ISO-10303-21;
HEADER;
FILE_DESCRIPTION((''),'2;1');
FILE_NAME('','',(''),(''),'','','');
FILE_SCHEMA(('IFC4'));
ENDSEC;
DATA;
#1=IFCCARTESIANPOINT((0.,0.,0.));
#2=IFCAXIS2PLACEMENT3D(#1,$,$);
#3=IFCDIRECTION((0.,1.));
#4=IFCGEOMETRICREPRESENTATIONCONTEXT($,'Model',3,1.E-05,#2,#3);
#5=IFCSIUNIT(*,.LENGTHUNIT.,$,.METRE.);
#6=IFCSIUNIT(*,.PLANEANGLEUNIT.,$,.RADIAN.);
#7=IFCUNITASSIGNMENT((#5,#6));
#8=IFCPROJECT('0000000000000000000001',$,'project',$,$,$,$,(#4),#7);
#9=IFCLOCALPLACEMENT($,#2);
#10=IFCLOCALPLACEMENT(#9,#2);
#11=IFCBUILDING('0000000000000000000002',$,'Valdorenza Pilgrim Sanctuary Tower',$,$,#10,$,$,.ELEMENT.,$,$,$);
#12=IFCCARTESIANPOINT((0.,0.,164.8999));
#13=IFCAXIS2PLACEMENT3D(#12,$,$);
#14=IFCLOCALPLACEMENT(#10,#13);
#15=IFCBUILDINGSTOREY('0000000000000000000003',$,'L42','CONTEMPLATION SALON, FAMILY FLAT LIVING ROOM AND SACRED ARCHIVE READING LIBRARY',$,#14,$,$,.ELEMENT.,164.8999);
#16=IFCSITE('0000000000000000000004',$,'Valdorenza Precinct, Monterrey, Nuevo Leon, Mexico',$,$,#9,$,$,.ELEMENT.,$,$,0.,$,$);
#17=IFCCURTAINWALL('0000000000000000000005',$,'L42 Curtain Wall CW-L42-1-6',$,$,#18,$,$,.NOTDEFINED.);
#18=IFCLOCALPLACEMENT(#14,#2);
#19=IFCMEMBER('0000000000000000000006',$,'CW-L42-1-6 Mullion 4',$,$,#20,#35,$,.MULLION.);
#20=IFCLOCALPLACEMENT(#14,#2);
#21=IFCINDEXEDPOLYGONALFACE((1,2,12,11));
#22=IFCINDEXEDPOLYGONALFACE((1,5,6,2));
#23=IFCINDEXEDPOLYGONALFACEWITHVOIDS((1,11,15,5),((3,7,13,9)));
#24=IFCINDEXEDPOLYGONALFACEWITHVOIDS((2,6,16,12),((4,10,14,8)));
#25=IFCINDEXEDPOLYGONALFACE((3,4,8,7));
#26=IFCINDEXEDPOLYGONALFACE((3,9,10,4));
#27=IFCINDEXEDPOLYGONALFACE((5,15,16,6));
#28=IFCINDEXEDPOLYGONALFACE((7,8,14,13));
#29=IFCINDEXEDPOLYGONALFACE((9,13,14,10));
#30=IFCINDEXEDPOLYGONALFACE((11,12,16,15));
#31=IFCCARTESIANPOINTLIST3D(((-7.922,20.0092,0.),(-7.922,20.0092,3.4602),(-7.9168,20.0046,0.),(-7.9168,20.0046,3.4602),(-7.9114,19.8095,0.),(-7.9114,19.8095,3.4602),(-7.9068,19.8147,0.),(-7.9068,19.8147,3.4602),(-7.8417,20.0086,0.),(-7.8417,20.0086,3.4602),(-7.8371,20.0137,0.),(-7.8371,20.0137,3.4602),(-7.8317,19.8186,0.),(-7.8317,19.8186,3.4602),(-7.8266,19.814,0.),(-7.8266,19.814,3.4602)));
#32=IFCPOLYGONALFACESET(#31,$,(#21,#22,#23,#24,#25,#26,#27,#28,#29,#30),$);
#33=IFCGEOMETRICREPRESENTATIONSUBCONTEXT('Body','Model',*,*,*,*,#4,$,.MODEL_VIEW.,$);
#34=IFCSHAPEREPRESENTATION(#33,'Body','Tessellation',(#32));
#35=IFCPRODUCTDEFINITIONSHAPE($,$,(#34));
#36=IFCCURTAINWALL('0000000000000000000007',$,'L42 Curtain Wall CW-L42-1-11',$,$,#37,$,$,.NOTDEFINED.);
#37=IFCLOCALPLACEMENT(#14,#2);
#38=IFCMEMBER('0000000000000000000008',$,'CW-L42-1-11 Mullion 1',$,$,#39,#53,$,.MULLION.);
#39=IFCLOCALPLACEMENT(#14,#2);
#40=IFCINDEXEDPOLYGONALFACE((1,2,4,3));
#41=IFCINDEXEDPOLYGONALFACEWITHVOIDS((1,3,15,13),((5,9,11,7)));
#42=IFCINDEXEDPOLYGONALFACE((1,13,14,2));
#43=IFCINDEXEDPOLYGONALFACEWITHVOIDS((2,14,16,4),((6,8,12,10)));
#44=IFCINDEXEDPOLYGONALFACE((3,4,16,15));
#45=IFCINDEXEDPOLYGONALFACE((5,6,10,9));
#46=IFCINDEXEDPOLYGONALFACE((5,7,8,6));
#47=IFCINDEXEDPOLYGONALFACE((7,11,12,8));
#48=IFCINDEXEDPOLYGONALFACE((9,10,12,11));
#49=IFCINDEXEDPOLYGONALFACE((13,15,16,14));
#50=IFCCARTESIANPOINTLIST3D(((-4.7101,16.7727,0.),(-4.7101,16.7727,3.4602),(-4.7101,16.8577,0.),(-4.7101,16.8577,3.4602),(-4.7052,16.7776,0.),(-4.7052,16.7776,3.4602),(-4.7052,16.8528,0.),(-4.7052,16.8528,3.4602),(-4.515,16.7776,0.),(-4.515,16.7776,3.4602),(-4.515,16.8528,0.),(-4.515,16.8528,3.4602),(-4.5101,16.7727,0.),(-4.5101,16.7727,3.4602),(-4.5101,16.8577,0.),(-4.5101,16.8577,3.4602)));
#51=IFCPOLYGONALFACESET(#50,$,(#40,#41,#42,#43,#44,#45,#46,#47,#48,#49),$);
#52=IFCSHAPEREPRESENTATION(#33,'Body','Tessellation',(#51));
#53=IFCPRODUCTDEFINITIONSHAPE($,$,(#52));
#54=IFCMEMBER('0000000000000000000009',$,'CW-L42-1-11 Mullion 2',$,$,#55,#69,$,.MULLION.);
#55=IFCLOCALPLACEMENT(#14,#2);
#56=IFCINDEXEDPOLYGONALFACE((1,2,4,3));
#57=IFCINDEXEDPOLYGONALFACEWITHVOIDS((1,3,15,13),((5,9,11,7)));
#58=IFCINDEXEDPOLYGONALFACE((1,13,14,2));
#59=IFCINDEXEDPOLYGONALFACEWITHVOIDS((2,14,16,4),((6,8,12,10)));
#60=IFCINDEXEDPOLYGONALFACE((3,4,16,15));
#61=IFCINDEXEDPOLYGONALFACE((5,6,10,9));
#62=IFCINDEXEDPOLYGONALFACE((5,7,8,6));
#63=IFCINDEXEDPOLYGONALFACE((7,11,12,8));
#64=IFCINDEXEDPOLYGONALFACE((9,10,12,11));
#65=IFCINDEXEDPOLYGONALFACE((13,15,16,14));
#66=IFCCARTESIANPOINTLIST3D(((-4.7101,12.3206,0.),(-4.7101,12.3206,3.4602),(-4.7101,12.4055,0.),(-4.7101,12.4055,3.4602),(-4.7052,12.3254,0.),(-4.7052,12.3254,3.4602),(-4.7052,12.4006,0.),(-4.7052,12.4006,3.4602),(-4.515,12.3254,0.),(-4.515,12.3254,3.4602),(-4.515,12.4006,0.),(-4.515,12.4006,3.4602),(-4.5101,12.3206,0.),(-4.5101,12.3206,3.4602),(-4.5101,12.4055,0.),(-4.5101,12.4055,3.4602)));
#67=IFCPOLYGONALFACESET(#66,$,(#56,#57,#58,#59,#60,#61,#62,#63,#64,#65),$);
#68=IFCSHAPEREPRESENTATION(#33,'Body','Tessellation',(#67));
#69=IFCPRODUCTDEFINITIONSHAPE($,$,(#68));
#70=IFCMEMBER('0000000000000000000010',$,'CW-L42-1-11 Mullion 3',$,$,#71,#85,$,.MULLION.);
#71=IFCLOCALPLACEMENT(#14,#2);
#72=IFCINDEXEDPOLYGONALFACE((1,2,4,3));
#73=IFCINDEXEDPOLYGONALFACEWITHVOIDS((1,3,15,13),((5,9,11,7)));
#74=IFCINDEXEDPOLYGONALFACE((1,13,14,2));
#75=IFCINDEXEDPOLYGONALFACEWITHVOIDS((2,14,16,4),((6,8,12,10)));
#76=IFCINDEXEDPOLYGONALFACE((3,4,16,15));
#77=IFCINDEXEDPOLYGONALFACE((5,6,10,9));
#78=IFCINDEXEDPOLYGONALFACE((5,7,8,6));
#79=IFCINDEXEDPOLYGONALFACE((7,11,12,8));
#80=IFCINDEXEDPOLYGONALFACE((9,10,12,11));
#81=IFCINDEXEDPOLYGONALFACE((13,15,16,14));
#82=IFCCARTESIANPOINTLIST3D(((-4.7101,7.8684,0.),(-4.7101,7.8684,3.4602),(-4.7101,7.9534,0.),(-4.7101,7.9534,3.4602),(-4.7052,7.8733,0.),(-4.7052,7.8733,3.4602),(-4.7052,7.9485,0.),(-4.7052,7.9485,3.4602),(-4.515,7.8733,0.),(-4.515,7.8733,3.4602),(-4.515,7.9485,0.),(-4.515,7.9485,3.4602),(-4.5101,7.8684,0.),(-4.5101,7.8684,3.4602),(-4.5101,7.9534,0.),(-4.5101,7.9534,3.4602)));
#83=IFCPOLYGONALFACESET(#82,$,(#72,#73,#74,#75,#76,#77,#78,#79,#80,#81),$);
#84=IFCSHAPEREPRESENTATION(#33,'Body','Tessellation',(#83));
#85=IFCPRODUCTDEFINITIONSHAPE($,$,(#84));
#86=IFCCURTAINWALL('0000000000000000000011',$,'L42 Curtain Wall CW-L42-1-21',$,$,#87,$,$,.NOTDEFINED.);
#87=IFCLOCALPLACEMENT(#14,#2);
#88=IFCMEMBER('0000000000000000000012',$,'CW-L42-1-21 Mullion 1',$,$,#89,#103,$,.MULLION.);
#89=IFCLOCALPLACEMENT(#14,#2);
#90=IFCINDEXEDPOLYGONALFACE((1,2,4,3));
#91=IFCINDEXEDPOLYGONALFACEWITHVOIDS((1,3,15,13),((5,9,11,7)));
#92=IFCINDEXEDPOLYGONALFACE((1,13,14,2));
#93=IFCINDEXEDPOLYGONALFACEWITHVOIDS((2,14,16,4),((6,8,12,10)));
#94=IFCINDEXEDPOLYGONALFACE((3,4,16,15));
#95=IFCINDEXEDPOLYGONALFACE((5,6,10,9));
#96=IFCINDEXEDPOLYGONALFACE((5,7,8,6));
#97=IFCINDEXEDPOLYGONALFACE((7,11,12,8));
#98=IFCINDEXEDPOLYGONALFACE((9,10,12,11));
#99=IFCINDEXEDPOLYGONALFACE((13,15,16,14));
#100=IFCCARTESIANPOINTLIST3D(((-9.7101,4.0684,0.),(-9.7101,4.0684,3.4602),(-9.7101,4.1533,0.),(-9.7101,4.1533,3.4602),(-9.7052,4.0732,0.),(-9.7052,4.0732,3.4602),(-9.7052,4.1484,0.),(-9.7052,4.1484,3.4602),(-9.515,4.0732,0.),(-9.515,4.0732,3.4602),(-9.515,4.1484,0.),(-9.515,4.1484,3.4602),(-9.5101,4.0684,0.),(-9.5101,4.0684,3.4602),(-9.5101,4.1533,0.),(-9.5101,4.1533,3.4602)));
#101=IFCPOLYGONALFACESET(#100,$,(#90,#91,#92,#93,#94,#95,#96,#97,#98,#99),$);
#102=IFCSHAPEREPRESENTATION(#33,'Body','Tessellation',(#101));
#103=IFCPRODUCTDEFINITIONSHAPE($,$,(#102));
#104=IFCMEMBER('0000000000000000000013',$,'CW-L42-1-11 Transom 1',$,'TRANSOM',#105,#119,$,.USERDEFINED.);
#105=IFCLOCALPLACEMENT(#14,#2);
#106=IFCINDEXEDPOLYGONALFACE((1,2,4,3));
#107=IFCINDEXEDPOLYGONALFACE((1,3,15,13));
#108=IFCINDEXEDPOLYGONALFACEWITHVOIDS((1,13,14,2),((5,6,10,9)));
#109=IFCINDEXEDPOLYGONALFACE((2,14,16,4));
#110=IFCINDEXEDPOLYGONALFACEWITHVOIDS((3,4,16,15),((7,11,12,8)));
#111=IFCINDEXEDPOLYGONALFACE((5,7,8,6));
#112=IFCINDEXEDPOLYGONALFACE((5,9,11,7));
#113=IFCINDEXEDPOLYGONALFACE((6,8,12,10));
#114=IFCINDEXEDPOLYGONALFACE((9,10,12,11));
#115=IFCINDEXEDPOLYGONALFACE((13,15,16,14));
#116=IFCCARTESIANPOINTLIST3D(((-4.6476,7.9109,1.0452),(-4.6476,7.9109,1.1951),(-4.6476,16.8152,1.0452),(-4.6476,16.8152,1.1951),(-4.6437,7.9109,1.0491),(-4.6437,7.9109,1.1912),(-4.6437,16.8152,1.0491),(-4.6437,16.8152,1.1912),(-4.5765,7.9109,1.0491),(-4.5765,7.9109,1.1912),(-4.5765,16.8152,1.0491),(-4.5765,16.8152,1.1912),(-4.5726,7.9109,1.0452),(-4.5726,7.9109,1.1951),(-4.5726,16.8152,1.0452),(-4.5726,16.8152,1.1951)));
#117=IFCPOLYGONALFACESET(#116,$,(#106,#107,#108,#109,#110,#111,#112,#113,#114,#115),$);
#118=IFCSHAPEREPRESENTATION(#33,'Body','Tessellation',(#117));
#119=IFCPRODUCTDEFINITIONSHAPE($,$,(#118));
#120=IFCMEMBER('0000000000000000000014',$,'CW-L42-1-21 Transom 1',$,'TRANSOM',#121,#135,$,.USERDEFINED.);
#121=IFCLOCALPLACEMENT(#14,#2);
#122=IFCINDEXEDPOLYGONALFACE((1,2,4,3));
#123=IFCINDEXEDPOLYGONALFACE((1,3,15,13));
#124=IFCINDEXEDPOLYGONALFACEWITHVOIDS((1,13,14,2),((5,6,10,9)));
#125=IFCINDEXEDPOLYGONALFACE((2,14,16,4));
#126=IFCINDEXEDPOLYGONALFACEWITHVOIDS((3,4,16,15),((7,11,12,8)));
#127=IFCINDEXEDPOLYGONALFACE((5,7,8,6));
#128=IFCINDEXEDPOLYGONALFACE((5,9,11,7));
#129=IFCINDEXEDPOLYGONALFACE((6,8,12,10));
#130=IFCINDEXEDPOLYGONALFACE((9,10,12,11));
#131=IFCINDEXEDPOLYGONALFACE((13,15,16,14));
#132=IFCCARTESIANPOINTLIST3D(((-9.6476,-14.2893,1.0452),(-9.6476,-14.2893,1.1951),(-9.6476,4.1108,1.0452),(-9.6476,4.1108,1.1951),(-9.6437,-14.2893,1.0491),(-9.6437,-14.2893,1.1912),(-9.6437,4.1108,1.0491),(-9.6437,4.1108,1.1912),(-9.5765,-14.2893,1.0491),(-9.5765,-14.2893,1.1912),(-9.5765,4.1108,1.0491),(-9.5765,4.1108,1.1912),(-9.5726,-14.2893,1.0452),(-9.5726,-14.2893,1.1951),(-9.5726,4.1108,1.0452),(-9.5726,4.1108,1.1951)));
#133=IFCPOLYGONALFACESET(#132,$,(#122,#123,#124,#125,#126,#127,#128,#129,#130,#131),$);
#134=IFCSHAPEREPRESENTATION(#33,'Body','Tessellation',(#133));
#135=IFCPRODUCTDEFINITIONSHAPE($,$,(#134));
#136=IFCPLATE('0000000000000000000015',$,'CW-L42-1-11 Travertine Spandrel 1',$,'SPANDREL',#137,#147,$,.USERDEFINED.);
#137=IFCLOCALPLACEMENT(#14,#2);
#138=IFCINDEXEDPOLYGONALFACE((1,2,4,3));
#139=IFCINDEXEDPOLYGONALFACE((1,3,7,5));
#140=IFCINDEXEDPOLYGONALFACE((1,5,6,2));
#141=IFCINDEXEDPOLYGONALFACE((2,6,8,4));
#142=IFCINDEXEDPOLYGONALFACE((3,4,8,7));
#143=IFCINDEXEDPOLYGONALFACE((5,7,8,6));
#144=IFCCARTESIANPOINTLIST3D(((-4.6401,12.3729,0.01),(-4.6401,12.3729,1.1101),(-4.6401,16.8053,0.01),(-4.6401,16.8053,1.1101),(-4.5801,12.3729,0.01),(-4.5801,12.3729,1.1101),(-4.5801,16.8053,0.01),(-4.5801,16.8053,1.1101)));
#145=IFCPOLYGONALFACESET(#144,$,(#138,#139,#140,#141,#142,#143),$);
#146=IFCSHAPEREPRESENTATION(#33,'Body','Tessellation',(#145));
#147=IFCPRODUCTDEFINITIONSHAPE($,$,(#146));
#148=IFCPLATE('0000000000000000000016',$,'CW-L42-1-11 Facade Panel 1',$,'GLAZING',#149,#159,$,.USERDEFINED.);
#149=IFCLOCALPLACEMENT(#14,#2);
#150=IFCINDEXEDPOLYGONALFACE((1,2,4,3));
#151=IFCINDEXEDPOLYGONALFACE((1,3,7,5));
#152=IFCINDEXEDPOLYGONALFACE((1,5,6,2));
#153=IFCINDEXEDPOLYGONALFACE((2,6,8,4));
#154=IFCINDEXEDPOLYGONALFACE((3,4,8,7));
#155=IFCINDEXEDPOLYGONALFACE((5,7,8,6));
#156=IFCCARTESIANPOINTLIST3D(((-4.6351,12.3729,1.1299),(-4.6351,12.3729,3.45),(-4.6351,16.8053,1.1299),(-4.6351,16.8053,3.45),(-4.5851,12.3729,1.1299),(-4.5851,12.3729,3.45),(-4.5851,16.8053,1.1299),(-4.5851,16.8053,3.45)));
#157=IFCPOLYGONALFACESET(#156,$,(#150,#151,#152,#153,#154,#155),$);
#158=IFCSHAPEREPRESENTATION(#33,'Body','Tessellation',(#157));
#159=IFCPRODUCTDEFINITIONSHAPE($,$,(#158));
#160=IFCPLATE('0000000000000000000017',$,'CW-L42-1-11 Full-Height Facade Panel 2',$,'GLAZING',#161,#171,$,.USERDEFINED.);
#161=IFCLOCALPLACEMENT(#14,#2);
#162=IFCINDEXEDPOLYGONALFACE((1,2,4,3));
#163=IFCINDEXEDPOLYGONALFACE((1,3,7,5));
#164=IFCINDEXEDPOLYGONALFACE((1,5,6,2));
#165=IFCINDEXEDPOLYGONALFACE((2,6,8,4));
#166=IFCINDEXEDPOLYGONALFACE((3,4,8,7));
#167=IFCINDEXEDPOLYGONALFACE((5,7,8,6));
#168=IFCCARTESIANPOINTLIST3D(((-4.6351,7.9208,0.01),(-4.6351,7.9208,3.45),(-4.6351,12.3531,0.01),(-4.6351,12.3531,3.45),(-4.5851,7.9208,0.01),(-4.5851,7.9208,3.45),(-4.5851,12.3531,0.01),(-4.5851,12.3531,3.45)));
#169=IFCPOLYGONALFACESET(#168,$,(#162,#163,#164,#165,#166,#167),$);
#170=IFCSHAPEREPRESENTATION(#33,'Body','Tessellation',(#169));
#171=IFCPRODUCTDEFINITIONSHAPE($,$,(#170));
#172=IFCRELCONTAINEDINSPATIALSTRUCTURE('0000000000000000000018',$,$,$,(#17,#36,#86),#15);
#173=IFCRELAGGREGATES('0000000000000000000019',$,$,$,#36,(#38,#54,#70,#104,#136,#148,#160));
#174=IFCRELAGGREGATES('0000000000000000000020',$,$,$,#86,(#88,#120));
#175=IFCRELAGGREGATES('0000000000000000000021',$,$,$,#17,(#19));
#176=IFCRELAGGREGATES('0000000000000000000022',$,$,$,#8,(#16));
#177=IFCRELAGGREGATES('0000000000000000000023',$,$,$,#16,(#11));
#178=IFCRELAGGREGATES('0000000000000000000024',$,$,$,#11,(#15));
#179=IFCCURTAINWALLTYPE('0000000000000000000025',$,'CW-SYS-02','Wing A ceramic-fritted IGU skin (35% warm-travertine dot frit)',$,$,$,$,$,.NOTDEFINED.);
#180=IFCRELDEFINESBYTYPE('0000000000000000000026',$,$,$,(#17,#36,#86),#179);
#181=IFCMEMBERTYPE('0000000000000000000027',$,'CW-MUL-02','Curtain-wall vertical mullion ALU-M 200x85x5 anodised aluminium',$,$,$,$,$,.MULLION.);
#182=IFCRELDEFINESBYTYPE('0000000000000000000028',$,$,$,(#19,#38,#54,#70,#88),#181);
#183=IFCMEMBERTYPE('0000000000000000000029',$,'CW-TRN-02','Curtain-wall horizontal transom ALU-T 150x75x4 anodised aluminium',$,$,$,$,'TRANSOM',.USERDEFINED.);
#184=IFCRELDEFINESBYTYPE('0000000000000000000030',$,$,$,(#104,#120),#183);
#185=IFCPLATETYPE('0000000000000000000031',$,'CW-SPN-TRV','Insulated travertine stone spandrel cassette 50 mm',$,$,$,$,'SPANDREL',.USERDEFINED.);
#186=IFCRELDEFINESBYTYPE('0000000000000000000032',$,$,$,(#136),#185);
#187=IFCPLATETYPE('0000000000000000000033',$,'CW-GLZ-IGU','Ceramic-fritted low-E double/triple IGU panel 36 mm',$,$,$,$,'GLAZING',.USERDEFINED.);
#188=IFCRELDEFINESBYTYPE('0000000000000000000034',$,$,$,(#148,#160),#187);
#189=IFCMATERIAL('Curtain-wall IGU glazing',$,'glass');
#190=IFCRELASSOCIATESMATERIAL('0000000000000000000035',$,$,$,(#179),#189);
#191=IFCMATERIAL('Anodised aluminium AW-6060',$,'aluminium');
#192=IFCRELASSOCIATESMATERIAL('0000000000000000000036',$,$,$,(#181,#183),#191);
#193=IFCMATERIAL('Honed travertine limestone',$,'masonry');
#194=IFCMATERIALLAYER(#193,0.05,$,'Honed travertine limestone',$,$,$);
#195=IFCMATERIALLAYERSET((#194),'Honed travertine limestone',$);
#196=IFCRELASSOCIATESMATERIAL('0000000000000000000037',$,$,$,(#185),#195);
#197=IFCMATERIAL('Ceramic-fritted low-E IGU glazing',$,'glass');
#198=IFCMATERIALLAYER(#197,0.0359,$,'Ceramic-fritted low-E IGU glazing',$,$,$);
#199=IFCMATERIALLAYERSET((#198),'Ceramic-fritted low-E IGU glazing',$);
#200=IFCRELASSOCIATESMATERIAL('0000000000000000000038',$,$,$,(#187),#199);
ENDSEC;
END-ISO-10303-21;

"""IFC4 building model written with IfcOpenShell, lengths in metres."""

from ifc_helpers import new_model, si_unit, direction, frame, origin, origin_2d, place, context, subcontext, project, spatial, rectangle, hollow_rectangle, extrude, source, transform, mapped, material, layer, layer_set, material_profile, profile_set, type_object, element, aggregate, save


model = new_model("IFC4")

# Units and contexts
model_context = context("Model", 3, precision=1e-05, world=origin(), true_north=direction((0.0, 1.0)))
body_context = subcontext(model_context, "Body", "Model", "MODEL_VIEW")
ifc_project = project(units=[si_unit("LENGTHUNIT", "METRE"), si_unit("PLANEANGLEUNIT", "RADIAN")], contexts=[model_context])

# Site, building, storey
site_placement = place(None, origin())
site = spatial("IfcSite", under=ifc_project, at=site_placement, Name="Valdorenza Precinct, Monterrey, Nuevo Leon, Mexico", CompositionType="ELEMENT", RefElevation=0.0)
building_placement = place(site_placement, origin())
building = spatial("IfcBuilding", under=site, at=building_placement, Name="Valdorenza Pilgrim Sanctuary Tower", CompositionType="ELEMENT")
storey_placement = place(building_placement, frame((0.0, 0.0, 164.8999)))
storey = spatial("IfcBuildingStorey", under=building, at=storey_placement, Name="L42", Description="CONTEMPLATION SALON, FAMILY FLAT LIVING ROOM AND SACRED ARCHIVE READING LIBRARY", CompositionType="ELEMENT", Elevation=164.8999)

# Curtain wall, member
ifc_material_1 = material(Name="Curtain-wall IGU glazing", Category="glass")
curtain_wall_type = type_object("IfcCurtainWallType", Name="CW-SYS-02", Description="Wing A ceramic-fritted IGU skin (35% warm-travertine dot frit)", PredefinedType="NOTDEFINED", material=ifc_material_1)
curtain_wall_1_placement = place(storey_placement, origin())
curtain_wall_1 = element("IfcCurtainWall", 1, at=curtain_wall_1_placement, inside=storey, type_object=curtain_wall_type, Name="L42 Curtain Wall CW-L42-1-6", PredefinedType="NOTDEFINED")
ifc_material_2 = material(Name="Anodised aluminium AW-6060", Category="aluminium")
ifc_material_profile_1 = material_profile(ifc_material_2, hollow_rectangle(XDim=0.085, YDim=0.2, WallThickness=0.0049, at=origin_2d()), Name="ALU-M 200x85x5")
ifc_profile_set_1 = profile_set([ifc_material_profile_1], Name="Anodised aluminium AW-6060")
member_type_1 = type_object("IfcMemberType", Name="CW-MUL-02", Description="Curtain-wall vertical mullion ALU-M 200x85x5 anodised aluminium", PredefinedType="MULLION", material=ifc_profile_set_1)
shared_shape_1 = source(origin(), body_context, "Body", "SweptSolid", [
    extrude(hollow_rectangle(XDim=0.085, YDim=0.2, WallThickness=0.0049, at=origin_2d()), origin(), (0.0, 0.0, 1.0), 3.4602),
])
member_1_placement = place(storey_placement, frame((-7.8743, 19.9116, 0.0), z_axis=(0.0, 0.0, 1.0), x_axis=(0.998608, 0.052754, 0.0)))
member_1 = element("IfcMember", 2, at=member_1_placement, type_object=member_type_1, Name="CW-L42-1-6 Mullion 4", PredefinedType="MULLION", context=body_context, shape_type="MappedRepresentation", body=[
    mapped(shared_shape_1, transform((0.0, 0.0, 0.0), x_axis=(1.0, 0.0, 0.0), y_axis=(0.0, 1.0, 0.0), z_axis=(0.0, 0.0, 1.0), scale=1.0)),
])

# Curtain wall, members
curtain_wall_2_placement = place(storey_placement, origin())
curtain_wall_2 = element("IfcCurtainWall", 3, at=curtain_wall_2_placement, inside=storey, type_object=curtain_wall_type, Name="L42 Curtain Wall CW-L42-1-11", PredefinedType="NOTDEFINED")
member_2_placement = place(storey_placement, frame((-4.6101, 16.8152, 0.0), z_axis=(0.0, 0.0, 1.0), x_axis=(0.0, -1.0, 0.0)))
member_2 = element("IfcMember", 4, at=member_2_placement, type_object=member_type_1, Name="CW-L42-1-11 Mullion 1", PredefinedType="MULLION", context=body_context, shape_type="MappedRepresentation", body=[
    mapped(shared_shape_1, transform((0.0, 0.0, 0.0), x_axis=(1.0, 0.0, 0.0), y_axis=(0.0, 1.0, 0.0), z_axis=(0.0, 0.0, 1.0), scale=1.0)),
])
member_3_placement = place(storey_placement, frame((-4.6101, 12.363, 0.0), z_axis=(0.0, 0.0, 1.0), x_axis=(0.0, -1.0, 0.0)))
member_3 = element("IfcMember", 5, at=member_3_placement, type_object=member_type_1, Name="CW-L42-1-11 Mullion 2", PredefinedType="MULLION", context=body_context, shape_type="MappedRepresentation", body=[
    mapped(shared_shape_1, transform((0.0, 0.0, 0.0), x_axis=(1.0, 0.0, 0.0), y_axis=(0.0, 1.0, 0.0), z_axis=(0.0, 0.0, 1.0), scale=1.0)),
])
member_4_placement = place(storey_placement, frame((-4.6101, 7.9109, 0.0), z_axis=(0.0, 0.0, 1.0), x_axis=(0.0, -1.0, 0.0)))
member_4 = element("IfcMember", 6, at=member_4_placement, type_object=member_type_1, Name="CW-L42-1-11 Mullion 3", PredefinedType="MULLION", context=body_context, shape_type="MappedRepresentation", body=[
    mapped(shared_shape_1, transform((0.0, 0.0, 0.0), x_axis=(1.0, 0.0, 0.0), y_axis=(0.0, 1.0, 0.0), z_axis=(0.0, 0.0, 1.0), scale=1.0)),
])

# Curtain wall, member
curtain_wall_3_placement = place(storey_placement, origin())
curtain_wall_3 = element("IfcCurtainWall", 7, at=curtain_wall_3_placement, inside=storey, type_object=curtain_wall_type, Name="L42 Curtain Wall CW-L42-1-21", PredefinedType="NOTDEFINED")
member_5_placement = place(storey_placement, frame((-9.6101, 4.1108, 0.0), z_axis=(0.0, 0.0, 1.0), x_axis=(0.0, -1.0, 0.0)))
member_5 = element("IfcMember", 8, at=member_5_placement, type_object=member_type_1, Name="CW-L42-1-21 Mullion 1", PredefinedType="MULLION", context=body_context, shape_type="MappedRepresentation", body=[
    mapped(shared_shape_1, transform((0.0, 0.0, 0.0), x_axis=(1.0, 0.0, 0.0), y_axis=(0.0, 1.0, 0.0), z_axis=(0.0, 0.0, 1.0), scale=1.0)),
])

# Members
ifc_material_profile_2 = material_profile(ifc_material_2, hollow_rectangle(XDim=0.075, YDim=0.1499, WallThickness=0.0039, at=origin_2d()), Name="ALU-T 150x75x4")
ifc_profile_set_2 = profile_set([ifc_material_profile_2], Name="Anodised aluminium AW-6060")
member_type_2 = type_object("IfcMemberType", Name="CW-TRN-02", Description="Curtain-wall horizontal transom ALU-T 150x75x4 anodised aluminium", ElementType="TRANSOM", PredefinedType="USERDEFINED", material=ifc_profile_set_2)
shared_shape_2 = source(origin(), body_context, "Body", "SweptSolid", [
    extrude(hollow_rectangle(XDim=0.075, YDim=0.1499, WallThickness=0.0039, at=origin_2d()), origin(), (0.0, 0.0, 1.0), 8.9043),
])
member_6_placement = place(storey_placement, frame((-4.6101, 16.8152, 1.1201), z_axis=(0.0, -1.0, 0.0), x_axis=(1.0, 0.0, 0.0)))
member_6 = element("IfcMember", 9, at=member_6_placement, type_object=member_type_2, Name="CW-L42-1-11 Transom 1", ObjectType="TRANSOM", PredefinedType="USERDEFINED", context=body_context, shape_type="MappedRepresentation", body=[
    mapped(shared_shape_2, transform((0.0, 0.0, 0.0), x_axis=(1.0, 0.0, 0.0), y_axis=(0.0, 1.0, 0.0), z_axis=(0.0, 0.0, 1.0), scale=1.0)),
])
shared_shape_3 = source(origin(), body_context, "Body", "SweptSolid", [
    extrude(hollow_rectangle(XDim=0.075, YDim=0.1499, WallThickness=0.0039, at=origin_2d()), origin(), (0.0, 0.0, 1.0), 18.4001),
])
member_7_placement = place(storey_placement, frame((-9.6101, 4.1108, 1.1201), z_axis=(0.0, -1.0, 0.0), x_axis=(1.0, 0.0, 0.0)))
member_7 = element("IfcMember", 10, at=member_7_placement, type_object=member_type_2, Name="CW-L42-1-21 Transom 1", ObjectType="TRANSOM", PredefinedType="USERDEFINED", context=body_context, shape_type="MappedRepresentation", body=[
    mapped(shared_shape_3, transform((0.0, 0.0, 0.0), x_axis=(1.0, 0.0, 0.0), y_axis=(0.0, 1.0, 0.0), z_axis=(0.0, 0.0, 1.0), scale=1.0)),
])

# Plates
ifc_material_3 = material(Name="Honed travertine limestone", Category="masonry")
ifc_layer_1 = layer(ifc_material_3, 0.05, Name="Honed travertine limestone")
ifc_layer_set_1 = layer_set([ifc_layer_1], Name="Honed travertine limestone")
plate_type_1 = type_object("IfcPlateType", Name="CW-SPN-TRV", Description="Insulated travertine stone spandrel cassette 50 mm", ElementType="SPANDREL", PredefinedType="USERDEFINED", material=ifc_layer_set_1)
shared_shape_4 = source(origin(), body_context, "Body", "SweptSolid", [
    extrude(rectangle(XDim=4.4324, YDim=0.0601, at=origin_2d()), origin(), (0.0, 0.0, 1.0), 1.1001),
])
plate_1_placement = place(storey_placement, frame((-4.6101, 14.5891, 0.01), z_axis=(0.0, 0.0, 1.0), x_axis=(0.0, -1.0, 0.0)))
plate_1 = element("IfcPlate", 11, at=plate_1_placement, type_object=plate_type_1, Name="CW-L42-1-11 Travertine Spandrel 1", ObjectType="SPANDREL", PredefinedType="USERDEFINED", context=body_context, shape_type="MappedRepresentation", body=[
    mapped(shared_shape_4, transform((0.0, 0.0, 0.0), x_axis=(1.0, 0.0, 0.0), y_axis=(0.0, 1.0, 0.0), z_axis=(0.0, 0.0, 1.0), scale=1.0)),
])
ifc_material_4 = material(Name="Ceramic-fritted low-E IGU glazing", Category="glass")
ifc_layer_2 = layer(ifc_material_4, 0.0359, Name="Ceramic-fritted low-E IGU glazing")
ifc_layer_set_2 = layer_set([ifc_layer_2], Name="Ceramic-fritted low-E IGU glazing")
plate_type_2 = type_object("IfcPlateType", Name="CW-GLZ-IGU", Description="Ceramic-fritted low-E double/triple IGU panel 36 mm", ElementType="GLAZING", PredefinedType="USERDEFINED", material=ifc_layer_set_2)
shared_shape_5 = source(origin(), body_context, "Body", "SweptSolid", [
    extrude(rectangle(XDim=4.4324, YDim=0.05, at=origin_2d()), origin(), (0.0, 0.0, 1.0), 2.3201),
])
plate_2_placement = place(storey_placement, frame((-4.6101, 14.5891, 1.1299), z_axis=(0.0, 0.0, 1.0), x_axis=(0.0, -1.0, 0.0)))
plate_2 = element("IfcPlate", 12, at=plate_2_placement, type_object=plate_type_2, Name="CW-L42-1-11 Facade Panel 1", ObjectType="GLAZING", PredefinedType="USERDEFINED", context=body_context, shape_type="MappedRepresentation", body=[
    mapped(shared_shape_5, transform((0.0, 0.0, 0.0), x_axis=(1.0, 0.0, 0.0), y_axis=(0.0, 1.0, 0.0), z_axis=(0.0, 0.0, 1.0), scale=1.0)),
])
shared_shape_6 = source(origin(), body_context, "Body", "SweptSolid", [
    extrude(rectangle(XDim=4.4324, YDim=0.05, at=origin_2d()), origin(), (0.0, 0.0, 1.0), 3.4399),
])
plate_3_placement = place(storey_placement, frame((-4.6101, 10.137, 0.01), z_axis=(0.0, 0.0, 1.0), x_axis=(0.0, -1.0, 0.0)))
plate_3 = element("IfcPlate", 13, at=plate_3_placement, type_object=plate_type_2, Name="CW-L42-1-11 Full-Height Facade Panel 2", ObjectType="GLAZING", PredefinedType="USERDEFINED", context=body_context, shape_type="MappedRepresentation", body=[
    mapped(shared_shape_6, transform((0.0, 0.0, 0.0), x_axis=(1.0, 0.0, 0.0), y_axis=(0.0, 1.0, 0.0), z_axis=(0.0, 0.0, 1.0), scale=1.0)),
])
aggregate(curtain_wall_2, [member_2, member_3, member_4, member_6, plate_1, plate_2, plate_3])
aggregate(curtain_wall_3, [member_5, member_7])
aggregate(curtain_wall_1, [member_1])

save(model, "model.ifc")
